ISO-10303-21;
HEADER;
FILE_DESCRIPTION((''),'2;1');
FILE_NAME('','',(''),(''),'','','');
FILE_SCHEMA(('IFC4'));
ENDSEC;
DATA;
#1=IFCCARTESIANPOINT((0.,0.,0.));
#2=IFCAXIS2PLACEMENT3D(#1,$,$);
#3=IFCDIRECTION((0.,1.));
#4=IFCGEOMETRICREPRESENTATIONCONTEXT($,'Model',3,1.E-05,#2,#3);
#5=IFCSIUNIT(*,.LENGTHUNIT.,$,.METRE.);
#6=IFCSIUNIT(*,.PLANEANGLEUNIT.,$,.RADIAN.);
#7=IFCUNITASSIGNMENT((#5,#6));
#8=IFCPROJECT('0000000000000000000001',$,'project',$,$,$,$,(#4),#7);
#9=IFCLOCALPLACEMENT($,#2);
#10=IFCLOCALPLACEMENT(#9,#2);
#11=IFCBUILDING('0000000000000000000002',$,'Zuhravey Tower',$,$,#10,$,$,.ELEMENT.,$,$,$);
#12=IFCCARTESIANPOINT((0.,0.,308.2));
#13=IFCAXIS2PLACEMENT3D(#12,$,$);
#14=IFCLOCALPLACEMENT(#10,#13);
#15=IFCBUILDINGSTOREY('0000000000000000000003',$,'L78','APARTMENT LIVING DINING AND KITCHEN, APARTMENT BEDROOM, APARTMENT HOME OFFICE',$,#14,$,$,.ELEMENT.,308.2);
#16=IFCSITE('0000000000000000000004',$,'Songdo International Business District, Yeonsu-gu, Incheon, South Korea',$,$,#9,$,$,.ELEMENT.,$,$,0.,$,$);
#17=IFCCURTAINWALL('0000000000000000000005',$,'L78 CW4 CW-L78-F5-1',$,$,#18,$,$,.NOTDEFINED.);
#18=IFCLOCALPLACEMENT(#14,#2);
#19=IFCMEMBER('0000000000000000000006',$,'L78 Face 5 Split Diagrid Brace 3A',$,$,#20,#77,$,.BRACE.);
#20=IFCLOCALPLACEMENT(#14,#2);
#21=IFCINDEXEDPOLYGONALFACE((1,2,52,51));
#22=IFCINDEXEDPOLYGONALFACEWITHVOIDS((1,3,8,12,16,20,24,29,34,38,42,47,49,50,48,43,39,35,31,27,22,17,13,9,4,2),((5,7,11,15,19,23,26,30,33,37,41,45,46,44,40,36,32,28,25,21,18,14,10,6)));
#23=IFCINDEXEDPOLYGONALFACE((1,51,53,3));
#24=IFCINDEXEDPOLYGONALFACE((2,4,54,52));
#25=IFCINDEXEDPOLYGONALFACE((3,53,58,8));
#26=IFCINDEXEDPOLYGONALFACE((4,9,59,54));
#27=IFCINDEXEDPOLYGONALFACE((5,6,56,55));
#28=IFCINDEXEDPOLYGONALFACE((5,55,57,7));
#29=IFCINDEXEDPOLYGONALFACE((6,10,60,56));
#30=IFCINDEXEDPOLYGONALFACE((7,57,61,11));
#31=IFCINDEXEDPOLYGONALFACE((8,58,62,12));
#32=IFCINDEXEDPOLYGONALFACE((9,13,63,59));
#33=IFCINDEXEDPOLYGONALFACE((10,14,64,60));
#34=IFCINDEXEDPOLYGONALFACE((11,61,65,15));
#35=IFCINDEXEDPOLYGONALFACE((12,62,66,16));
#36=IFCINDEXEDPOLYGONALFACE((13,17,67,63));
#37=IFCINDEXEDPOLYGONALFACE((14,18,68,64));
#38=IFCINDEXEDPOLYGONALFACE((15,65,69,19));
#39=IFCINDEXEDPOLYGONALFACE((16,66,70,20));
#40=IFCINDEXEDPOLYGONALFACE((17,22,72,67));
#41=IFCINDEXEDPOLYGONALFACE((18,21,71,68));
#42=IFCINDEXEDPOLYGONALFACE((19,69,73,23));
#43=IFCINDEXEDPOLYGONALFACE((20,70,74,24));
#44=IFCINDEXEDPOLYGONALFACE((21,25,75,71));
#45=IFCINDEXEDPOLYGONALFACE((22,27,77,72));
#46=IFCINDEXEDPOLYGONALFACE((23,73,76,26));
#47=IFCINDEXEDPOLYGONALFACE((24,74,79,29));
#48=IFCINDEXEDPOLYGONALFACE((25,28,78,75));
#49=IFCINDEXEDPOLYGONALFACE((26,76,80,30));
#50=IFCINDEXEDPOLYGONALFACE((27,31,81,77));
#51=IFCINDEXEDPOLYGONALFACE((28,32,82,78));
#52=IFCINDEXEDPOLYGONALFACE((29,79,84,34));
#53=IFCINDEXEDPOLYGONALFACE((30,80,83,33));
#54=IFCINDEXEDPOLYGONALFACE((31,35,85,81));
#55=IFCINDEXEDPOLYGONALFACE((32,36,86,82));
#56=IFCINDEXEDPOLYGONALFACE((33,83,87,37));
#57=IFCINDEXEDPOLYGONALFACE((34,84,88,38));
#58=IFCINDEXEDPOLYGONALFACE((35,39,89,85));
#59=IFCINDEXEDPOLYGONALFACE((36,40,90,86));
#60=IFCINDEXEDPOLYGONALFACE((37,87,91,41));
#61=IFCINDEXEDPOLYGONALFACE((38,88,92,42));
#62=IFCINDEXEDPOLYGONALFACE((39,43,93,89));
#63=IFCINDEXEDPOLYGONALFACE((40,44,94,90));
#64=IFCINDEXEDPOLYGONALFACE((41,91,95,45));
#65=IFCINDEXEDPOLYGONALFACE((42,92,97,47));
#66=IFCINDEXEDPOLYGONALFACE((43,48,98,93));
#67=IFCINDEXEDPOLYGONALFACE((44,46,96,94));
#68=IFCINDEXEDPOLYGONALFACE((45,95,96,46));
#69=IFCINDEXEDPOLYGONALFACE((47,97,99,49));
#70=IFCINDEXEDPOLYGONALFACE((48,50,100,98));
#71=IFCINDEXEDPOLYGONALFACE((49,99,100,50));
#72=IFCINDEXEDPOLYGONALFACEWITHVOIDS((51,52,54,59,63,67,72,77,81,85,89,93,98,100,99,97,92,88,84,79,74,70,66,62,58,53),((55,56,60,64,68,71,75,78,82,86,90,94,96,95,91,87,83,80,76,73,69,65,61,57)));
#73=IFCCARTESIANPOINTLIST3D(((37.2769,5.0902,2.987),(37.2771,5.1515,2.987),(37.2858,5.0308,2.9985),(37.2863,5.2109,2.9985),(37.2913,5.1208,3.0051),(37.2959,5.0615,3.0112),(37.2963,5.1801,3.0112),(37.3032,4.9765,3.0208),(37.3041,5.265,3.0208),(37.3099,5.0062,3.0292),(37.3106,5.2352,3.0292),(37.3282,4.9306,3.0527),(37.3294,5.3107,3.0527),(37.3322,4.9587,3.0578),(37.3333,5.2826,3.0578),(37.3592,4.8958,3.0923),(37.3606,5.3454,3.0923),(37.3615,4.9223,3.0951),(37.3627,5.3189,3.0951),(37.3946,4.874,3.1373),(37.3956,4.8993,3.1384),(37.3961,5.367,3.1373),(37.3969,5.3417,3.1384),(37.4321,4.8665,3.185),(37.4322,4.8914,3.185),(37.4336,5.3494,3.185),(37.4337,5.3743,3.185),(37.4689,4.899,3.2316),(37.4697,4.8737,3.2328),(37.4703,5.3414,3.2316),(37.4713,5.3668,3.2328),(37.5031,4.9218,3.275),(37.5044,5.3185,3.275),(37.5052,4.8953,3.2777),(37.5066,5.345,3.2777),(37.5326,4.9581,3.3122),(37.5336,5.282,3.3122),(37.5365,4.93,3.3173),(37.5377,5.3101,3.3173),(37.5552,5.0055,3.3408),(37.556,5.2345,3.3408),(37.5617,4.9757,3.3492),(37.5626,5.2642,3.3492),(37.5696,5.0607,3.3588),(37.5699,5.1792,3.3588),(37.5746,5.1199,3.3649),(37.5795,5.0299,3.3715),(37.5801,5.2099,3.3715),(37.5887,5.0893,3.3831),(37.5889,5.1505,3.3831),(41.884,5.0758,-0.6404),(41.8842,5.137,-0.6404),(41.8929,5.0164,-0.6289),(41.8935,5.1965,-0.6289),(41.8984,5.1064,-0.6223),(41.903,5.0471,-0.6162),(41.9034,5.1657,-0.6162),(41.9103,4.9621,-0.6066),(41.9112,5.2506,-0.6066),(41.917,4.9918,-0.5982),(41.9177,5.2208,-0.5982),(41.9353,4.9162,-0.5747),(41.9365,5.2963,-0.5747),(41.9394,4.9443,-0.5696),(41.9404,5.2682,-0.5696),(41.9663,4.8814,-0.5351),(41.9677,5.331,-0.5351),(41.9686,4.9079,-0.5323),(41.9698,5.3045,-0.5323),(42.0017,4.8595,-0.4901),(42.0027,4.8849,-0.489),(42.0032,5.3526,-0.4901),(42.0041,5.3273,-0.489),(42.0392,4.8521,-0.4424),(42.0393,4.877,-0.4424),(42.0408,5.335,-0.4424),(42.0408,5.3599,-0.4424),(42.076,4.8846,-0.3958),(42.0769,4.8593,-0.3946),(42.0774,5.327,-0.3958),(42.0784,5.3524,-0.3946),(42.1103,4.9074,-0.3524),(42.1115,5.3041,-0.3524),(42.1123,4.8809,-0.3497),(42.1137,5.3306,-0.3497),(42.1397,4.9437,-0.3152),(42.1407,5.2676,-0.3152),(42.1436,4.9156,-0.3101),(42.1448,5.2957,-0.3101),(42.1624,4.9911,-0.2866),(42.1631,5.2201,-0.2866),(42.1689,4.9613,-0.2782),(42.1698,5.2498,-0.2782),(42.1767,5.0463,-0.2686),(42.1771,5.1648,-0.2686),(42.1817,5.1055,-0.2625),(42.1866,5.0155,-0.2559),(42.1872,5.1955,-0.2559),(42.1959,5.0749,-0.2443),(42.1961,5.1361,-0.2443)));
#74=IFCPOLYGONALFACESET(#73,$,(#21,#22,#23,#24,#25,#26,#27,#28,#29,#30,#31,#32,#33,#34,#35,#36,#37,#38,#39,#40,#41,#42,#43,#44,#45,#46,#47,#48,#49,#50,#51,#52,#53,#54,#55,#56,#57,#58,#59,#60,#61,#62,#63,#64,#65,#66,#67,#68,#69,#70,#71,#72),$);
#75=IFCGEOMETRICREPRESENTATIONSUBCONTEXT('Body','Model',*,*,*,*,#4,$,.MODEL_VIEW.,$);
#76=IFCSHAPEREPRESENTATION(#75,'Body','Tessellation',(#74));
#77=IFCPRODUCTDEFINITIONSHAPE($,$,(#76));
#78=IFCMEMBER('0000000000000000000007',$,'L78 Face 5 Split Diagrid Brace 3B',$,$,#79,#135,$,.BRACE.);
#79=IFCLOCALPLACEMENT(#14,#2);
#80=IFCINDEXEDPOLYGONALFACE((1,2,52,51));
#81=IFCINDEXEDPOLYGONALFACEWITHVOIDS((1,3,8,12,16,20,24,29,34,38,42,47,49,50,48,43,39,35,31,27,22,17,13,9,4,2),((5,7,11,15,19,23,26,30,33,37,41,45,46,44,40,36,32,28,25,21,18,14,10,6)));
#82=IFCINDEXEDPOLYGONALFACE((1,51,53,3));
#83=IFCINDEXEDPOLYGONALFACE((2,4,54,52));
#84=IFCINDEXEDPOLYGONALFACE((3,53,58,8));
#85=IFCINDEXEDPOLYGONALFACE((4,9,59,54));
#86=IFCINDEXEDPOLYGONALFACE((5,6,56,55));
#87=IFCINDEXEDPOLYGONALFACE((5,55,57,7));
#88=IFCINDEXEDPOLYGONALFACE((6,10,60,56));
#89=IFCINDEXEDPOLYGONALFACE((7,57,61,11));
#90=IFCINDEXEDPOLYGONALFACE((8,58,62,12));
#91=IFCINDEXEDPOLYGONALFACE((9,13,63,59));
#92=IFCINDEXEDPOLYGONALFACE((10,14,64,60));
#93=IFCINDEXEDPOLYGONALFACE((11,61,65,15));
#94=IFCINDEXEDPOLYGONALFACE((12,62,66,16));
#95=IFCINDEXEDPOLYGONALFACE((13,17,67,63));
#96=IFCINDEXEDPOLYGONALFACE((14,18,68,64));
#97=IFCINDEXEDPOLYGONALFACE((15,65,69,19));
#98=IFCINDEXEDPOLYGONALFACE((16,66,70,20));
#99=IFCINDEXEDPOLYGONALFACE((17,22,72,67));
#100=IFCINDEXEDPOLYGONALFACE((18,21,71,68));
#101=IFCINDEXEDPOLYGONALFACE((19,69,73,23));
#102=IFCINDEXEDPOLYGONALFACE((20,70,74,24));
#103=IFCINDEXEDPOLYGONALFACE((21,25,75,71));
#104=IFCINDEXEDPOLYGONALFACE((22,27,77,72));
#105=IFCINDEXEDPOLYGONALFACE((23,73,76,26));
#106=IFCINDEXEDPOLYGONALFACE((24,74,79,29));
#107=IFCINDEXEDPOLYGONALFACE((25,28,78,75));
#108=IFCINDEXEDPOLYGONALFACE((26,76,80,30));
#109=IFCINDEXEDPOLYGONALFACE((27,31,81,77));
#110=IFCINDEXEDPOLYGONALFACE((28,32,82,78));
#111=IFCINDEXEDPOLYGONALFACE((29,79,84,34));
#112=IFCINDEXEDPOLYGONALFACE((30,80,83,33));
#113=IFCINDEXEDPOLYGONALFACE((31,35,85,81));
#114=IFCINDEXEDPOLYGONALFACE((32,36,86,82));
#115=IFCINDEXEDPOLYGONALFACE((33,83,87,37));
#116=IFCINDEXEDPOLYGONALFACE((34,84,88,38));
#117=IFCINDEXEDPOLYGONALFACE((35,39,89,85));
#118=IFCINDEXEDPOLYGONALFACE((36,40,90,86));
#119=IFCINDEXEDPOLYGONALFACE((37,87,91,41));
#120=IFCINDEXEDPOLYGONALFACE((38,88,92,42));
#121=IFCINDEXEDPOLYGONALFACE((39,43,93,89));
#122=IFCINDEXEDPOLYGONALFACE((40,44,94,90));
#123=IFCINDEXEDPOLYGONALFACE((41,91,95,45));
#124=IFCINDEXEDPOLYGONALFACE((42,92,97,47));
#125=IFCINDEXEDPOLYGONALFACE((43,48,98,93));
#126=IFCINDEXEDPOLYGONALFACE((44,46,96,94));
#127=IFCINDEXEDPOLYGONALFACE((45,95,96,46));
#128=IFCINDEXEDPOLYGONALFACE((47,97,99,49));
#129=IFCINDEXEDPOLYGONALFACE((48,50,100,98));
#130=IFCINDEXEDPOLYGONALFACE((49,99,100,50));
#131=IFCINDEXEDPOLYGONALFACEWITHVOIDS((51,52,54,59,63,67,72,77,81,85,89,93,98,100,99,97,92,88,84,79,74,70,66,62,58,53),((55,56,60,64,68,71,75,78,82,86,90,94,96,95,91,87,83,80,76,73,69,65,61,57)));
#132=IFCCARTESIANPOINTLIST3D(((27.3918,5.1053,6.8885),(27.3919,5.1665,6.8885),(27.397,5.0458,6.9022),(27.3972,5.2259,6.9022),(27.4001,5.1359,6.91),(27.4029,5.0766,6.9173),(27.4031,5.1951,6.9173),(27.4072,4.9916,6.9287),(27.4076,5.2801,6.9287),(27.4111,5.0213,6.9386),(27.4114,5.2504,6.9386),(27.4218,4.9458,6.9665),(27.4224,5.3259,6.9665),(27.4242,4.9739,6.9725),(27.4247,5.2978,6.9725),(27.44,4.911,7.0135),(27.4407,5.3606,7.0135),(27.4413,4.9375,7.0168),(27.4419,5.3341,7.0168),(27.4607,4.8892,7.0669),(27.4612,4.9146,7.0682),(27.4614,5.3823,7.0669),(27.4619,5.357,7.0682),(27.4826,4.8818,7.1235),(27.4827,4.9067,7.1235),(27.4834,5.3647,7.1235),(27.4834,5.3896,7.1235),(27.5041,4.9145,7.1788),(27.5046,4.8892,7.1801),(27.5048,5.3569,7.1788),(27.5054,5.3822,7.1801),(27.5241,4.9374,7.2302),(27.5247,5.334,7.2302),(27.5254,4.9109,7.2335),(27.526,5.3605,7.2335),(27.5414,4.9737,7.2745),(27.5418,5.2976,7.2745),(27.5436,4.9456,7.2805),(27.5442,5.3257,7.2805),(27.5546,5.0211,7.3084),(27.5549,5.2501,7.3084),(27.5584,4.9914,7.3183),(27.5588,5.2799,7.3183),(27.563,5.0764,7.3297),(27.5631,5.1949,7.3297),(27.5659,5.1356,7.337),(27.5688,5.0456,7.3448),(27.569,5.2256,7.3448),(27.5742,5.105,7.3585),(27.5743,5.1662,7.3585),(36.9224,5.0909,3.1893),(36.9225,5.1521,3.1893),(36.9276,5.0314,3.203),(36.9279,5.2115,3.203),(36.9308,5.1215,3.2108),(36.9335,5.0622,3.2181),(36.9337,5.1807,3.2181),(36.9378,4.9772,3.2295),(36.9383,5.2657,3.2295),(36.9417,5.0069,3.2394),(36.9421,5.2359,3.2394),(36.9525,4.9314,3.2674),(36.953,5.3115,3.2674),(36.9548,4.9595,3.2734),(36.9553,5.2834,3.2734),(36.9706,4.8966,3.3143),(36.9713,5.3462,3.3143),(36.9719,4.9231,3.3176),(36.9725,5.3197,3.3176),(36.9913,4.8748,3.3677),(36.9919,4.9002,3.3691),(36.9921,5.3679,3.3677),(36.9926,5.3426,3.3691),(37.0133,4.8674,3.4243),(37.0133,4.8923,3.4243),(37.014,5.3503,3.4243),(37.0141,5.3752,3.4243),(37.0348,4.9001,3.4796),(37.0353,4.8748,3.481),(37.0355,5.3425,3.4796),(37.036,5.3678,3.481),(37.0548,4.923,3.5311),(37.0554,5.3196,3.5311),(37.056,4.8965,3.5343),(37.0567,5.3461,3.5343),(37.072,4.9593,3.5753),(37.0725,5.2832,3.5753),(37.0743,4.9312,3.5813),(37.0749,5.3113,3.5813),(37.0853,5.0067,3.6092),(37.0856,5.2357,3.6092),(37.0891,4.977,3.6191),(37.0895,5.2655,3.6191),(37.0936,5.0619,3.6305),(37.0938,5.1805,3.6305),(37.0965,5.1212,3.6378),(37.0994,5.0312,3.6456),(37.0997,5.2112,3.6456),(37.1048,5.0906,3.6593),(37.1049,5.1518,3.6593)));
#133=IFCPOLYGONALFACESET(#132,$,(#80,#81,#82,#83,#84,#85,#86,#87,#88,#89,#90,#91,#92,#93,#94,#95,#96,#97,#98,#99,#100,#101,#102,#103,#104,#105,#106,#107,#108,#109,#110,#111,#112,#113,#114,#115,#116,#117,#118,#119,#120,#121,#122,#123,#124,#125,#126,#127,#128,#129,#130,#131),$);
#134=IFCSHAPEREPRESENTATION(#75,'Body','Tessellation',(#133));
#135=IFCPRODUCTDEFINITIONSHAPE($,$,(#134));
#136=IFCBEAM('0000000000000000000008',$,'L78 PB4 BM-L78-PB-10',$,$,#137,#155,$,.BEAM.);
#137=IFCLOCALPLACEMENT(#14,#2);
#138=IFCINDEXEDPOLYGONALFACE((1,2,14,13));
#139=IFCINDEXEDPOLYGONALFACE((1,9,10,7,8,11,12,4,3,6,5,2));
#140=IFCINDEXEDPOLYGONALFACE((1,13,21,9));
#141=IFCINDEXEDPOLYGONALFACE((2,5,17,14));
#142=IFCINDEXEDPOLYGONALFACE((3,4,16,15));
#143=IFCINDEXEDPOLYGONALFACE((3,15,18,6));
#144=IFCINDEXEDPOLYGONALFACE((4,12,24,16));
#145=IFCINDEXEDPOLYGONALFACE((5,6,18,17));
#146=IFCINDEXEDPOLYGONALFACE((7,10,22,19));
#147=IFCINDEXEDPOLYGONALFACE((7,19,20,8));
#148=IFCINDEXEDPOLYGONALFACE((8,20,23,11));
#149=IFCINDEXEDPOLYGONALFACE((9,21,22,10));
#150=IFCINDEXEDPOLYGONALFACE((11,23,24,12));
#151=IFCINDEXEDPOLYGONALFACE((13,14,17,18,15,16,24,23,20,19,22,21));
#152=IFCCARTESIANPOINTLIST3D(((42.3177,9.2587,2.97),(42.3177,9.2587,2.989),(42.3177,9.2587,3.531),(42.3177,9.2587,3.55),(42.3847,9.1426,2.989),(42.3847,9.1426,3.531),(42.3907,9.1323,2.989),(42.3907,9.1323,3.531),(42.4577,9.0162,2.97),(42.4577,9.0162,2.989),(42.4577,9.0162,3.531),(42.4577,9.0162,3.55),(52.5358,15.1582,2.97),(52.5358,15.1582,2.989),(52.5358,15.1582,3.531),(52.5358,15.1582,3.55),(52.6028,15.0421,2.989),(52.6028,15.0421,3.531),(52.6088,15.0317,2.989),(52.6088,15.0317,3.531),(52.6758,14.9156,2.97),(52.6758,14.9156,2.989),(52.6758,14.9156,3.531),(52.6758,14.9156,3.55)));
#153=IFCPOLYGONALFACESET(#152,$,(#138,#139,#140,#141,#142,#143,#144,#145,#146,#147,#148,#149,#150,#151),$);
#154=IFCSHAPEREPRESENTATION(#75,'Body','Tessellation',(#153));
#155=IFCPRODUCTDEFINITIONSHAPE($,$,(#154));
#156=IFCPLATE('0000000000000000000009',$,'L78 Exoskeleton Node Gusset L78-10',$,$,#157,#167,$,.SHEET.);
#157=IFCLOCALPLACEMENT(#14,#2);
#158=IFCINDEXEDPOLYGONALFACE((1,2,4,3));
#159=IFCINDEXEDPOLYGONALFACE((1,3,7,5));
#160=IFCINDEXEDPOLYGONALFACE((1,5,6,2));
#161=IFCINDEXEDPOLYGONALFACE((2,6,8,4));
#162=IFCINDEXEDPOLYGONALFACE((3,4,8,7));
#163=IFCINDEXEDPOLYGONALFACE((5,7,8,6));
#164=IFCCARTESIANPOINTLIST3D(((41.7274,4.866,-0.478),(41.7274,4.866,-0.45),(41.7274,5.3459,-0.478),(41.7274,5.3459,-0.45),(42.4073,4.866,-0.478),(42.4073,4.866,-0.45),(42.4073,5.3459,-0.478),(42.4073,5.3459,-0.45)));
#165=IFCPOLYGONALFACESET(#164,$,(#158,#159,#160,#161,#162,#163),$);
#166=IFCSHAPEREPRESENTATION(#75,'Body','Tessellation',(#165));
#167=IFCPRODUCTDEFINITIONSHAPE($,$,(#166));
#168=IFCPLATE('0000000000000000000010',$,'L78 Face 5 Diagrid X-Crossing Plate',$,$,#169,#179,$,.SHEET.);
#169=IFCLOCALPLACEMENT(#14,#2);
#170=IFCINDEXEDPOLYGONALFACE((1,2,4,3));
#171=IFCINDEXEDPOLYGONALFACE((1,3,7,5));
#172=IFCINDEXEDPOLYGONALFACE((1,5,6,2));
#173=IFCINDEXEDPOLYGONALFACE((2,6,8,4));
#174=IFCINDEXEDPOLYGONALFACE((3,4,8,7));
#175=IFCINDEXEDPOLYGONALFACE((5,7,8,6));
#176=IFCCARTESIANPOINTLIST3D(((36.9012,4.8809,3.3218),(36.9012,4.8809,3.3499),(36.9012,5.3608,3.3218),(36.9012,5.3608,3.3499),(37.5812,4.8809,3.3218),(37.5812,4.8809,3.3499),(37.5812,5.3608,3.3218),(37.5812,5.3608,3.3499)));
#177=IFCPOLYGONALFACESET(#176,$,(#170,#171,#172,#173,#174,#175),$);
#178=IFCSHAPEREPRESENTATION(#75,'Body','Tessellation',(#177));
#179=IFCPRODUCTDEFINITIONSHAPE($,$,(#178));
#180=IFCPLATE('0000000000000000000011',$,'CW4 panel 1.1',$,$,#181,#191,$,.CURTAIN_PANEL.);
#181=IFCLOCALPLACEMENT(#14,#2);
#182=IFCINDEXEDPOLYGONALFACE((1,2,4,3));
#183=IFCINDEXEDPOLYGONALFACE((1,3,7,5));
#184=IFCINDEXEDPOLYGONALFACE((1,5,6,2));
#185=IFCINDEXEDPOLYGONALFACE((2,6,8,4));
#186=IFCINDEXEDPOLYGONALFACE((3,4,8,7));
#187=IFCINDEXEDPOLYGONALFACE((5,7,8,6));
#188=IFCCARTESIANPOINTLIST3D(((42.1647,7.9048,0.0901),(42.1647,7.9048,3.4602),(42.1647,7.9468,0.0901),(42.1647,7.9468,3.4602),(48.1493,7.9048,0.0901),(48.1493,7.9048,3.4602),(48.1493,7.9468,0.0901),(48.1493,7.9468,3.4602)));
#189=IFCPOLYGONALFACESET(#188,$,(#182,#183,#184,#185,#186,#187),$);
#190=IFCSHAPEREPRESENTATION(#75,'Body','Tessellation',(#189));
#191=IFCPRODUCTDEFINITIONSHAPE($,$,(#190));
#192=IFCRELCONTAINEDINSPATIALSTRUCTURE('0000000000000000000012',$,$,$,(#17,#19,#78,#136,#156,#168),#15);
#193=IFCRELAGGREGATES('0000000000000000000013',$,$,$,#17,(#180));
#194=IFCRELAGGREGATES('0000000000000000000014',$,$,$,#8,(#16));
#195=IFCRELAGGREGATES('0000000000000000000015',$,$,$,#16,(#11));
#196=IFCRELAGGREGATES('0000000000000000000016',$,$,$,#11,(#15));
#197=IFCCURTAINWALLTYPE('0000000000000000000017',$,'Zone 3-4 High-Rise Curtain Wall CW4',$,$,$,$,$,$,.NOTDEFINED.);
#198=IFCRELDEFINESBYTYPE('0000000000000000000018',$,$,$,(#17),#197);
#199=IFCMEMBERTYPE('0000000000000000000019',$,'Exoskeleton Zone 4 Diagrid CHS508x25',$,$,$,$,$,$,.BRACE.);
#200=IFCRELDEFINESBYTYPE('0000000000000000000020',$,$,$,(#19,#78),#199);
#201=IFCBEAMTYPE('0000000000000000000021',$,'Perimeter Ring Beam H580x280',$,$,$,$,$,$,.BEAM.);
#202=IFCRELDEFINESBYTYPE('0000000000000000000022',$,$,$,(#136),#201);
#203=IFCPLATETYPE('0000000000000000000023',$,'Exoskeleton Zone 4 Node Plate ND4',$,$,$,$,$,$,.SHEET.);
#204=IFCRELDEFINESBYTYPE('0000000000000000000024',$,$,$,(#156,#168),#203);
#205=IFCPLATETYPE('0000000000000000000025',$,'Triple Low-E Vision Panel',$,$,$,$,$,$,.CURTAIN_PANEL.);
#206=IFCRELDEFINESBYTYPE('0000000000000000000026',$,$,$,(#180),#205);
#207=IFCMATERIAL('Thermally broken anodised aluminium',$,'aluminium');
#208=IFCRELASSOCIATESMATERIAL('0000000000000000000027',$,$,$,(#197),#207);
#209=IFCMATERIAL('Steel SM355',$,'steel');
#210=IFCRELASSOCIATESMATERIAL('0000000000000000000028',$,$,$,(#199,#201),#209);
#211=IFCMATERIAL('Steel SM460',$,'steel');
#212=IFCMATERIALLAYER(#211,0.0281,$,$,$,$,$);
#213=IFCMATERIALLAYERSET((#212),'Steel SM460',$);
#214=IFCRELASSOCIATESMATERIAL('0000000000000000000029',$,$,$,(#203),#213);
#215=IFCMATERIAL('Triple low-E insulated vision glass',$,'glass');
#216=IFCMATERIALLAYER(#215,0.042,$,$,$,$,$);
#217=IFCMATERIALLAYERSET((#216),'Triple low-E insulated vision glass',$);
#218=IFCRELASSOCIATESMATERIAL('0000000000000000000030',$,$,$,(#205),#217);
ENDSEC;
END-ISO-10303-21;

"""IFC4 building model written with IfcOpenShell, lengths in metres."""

from ifc_helpers import new_model, si_unit, direction, frame, origin, origin_2d, place, context, subcontext, project, spatial, rectangle, hollow_circle, i_section, extrude, material, layer, layer_set, material_profile, profile_set, type_object, element, aggregate, save


model = new_model("IFC4")

# Units and contexts
model_context = context("Model", 3, precision=1e-05, world=origin(), true_north=direction((0.0, 1.0)))
body_context = subcontext(model_context, "Body", "Model", "MODEL_VIEW")
ifc_project = project(units=[si_unit("LENGTHUNIT", "METRE"), si_unit("PLANEANGLEUNIT", "RADIAN")], contexts=[model_context])

# Site, building, storey
site_placement = place(None, origin())
site = spatial("IfcSite", under=ifc_project, at=site_placement, Name="Songdo International Business District, Yeonsu-gu, Incheon, South Korea", CompositionType="ELEMENT", RefElevation=0.0)
building_placement = place(site_placement, origin())
building = spatial("IfcBuilding", under=site, at=building_placement, Name="Zuhravey Tower", CompositionType="ELEMENT")
storey_placement = place(building_placement, frame((0.0, 0.0, 308.2)))
storey = spatial("IfcBuildingStorey", under=building, at=storey_placement, Name="L78", Description="APARTMENT LIVING DINING AND KITCHEN, APARTMENT BEDROOM, APARTMENT HOME OFFICE", CompositionType="ELEMENT", Elevation=308.2)

# Curtain wall
ifc_material_1 = material(Name="Thermally broken anodised aluminium", Category="aluminium")
curtain_wall_type = type_object("IfcCurtainWallType", Name="Zone 3-4 High-Rise Curtain Wall CW4", PredefinedType="NOTDEFINED", material=ifc_material_1)
curtain_wall_placement = place(storey_placement, origin())
curtain_wall = element("IfcCurtainWall", 1, at=curtain_wall_placement, inside=storey, type_object=curtain_wall_type, Name="L78 CW4 CW-L78-F5-1", PredefinedType="NOTDEFINED")

# Members
ifc_material_2 = material(Name="Steel SM355", Category="steel")
ifc_material_profile_1 = material_profile(ifc_material_2, hollow_circle(Radius=0.2539, WallThickness=0.0249, at=origin_2d()), Name="CHS-508.0x25")
ifc_profile_set_1 = profile_set([ifc_material_profile_1], Name="Steel SM355")
member_type_1 = type_object("IfcMemberType", Name="Exoskeleton Zone 4 Diagrid CHS508x25", PredefinedType="BRACE", material=ifc_profile_set_1)
member_1_placement = place(storey_placement, frame((42.04, 5.106, -0.4424), z_axis=(-0.785693, 0.002456, 0.618612), x_axis=(-0.003126, -0.999995, 0.0)))
element("IfcMember", 2, at=member_1_placement, inside=storey, type_object=member_type_1, Name="L78 Face 5 Split Diagrid Brace 3A", PredefinedType="BRACE", context=body_context, shape_type="SweptSolid", body=[
    extrude(hollow_circle(Radius=0.2539, WallThickness=0.0249, at=origin_2d()), origin(), (0.0, 0.0, 1.0), 5.8638),
])
member_2_placement = place(storey_placement, frame((37.0137, 5.1213, 3.4243), z_axis=(-0.932241, 0.001409, 0.361835), x_axis=(-0.001511, -0.999999, 0.0)))
element("IfcMember", 3, at=member_2_placement, inside=storey, type_object=member_type_1, Name="L78 Face 5 Split Diagrid Brace 3B", PredefinedType="BRACE", context=body_context, shape_type="SweptSolid", body=[
    extrude(hollow_circle(Radius=0.2539, WallThickness=0.0249, at=origin_2d()), origin(), (0.0, 0.0, 1.0), 10.2234),
])

# Beam
ifc_material_profile_2 = material_profile(ifc_material_2, i_section(OverallWidth=0.28, OverallDepth=0.5801, WebThickness=0.012, FlangeThickness=0.019, at=origin_2d()), Name="H-580x280x12x19")
ifc_profile_set_2 = profile_set([ifc_material_profile_2], Name="Steel SM355")
beam_type = type_object("IfcBeamType", Name="Perimeter Ring Beam H580x280", PredefinedType="BEAM", material=ifc_profile_set_2)
beam_placement = place(storey_placement, frame((42.3877, 9.1375, 3.26), z_axis=(0.866024, 0.500002, 0.0), x_axis=(-0.500002, 0.866024, 0.0)))
element("IfcBeam", 4, at=beam_placement, inside=storey, type_object=beam_type, Name="L78 PB4 BM-L78-PB-10", PredefinedType="BEAM", context=body_context, shape_type="SweptSolid", body=[
    extrude(i_section(OverallWidth=0.28, OverallDepth=0.5801, WebThickness=0.012, FlangeThickness=0.019, at=origin_2d()), origin(), (0.0, 0.0, 1.0), 11.7988),
])

# Plates
ifc_material_3 = material(Name="Steel SM460", Category="steel")
ifc_layer_1 = layer(ifc_material_3, 0.0281)
ifc_layer_set_1 = layer_set([ifc_layer_1], Name="Steel SM460")
plate_type_1 = type_object("IfcPlateType", Name="Exoskeleton Zone 4 Node Plate ND4", PredefinedType="SHEET", material=ifc_layer_set_1)
for number, where, z_axis, x_axis, name in (
    (5, (42.0674, 5.106, -0.478), (0.0, 0.0, 1.0), (1.0, 0.0, 0.0), "L78 Exoskeleton Node Gusset L78-10"),
    (6, (37.2412, 5.1208, 3.3218), (0.0, 0.0, 1.0), (1.0, 0.0, 0.0), "L78 Face 5 Diagrid X-Crossing Plate"),
):
    element("IfcPlate", number, at=place(storey_placement, frame(where, z_axis=z_axis, x_axis=x_axis)), inside=storey, type_object=plate_type_1, Name=name, PredefinedType="SHEET", context=body_context, shape_type="SweptSolid", body=[
        extrude(rectangle(XDim=0.6799, YDim=0.48, at=origin_2d()), origin(), (0.0, 0.0, 1.0), 0.0281),
    ])

# Plate
ifc_material_4 = material(Name="Triple low-E insulated vision glass", Category="glass")
ifc_layer_2 = layer(ifc_material_4, 0.042)
ifc_layer_set_2 = layer_set([ifc_layer_2], Name="Triple low-E insulated vision glass")
plate_type_2 = type_object("IfcPlateType", Name="Triple Low-E Vision Panel", PredefinedType="CURTAIN_PANEL", material=ifc_layer_set_2)
plate_1_placement = place(storey_placement, frame((45.157, 7.9258, 0.0901), z_axis=(0.0, 0.0, 1.0), x_axis=(-1.0, 0.0, 0.0)))
plate_1 = element("IfcPlate", 7, at=plate_1_placement, type_object=plate_type_2, Name="CW4 panel 1.1", PredefinedType="CURTAIN_PANEL", context=body_context, shape_type="SweptSolid", body=[
    extrude(rectangle(XDim=5.9846, YDim=0.042, at=origin_2d()), origin(), (0.0, 0.0, 1.0), 3.3701),
])
aggregate(curtain_wall, [plate_1])

save(model, "model.ifc")
